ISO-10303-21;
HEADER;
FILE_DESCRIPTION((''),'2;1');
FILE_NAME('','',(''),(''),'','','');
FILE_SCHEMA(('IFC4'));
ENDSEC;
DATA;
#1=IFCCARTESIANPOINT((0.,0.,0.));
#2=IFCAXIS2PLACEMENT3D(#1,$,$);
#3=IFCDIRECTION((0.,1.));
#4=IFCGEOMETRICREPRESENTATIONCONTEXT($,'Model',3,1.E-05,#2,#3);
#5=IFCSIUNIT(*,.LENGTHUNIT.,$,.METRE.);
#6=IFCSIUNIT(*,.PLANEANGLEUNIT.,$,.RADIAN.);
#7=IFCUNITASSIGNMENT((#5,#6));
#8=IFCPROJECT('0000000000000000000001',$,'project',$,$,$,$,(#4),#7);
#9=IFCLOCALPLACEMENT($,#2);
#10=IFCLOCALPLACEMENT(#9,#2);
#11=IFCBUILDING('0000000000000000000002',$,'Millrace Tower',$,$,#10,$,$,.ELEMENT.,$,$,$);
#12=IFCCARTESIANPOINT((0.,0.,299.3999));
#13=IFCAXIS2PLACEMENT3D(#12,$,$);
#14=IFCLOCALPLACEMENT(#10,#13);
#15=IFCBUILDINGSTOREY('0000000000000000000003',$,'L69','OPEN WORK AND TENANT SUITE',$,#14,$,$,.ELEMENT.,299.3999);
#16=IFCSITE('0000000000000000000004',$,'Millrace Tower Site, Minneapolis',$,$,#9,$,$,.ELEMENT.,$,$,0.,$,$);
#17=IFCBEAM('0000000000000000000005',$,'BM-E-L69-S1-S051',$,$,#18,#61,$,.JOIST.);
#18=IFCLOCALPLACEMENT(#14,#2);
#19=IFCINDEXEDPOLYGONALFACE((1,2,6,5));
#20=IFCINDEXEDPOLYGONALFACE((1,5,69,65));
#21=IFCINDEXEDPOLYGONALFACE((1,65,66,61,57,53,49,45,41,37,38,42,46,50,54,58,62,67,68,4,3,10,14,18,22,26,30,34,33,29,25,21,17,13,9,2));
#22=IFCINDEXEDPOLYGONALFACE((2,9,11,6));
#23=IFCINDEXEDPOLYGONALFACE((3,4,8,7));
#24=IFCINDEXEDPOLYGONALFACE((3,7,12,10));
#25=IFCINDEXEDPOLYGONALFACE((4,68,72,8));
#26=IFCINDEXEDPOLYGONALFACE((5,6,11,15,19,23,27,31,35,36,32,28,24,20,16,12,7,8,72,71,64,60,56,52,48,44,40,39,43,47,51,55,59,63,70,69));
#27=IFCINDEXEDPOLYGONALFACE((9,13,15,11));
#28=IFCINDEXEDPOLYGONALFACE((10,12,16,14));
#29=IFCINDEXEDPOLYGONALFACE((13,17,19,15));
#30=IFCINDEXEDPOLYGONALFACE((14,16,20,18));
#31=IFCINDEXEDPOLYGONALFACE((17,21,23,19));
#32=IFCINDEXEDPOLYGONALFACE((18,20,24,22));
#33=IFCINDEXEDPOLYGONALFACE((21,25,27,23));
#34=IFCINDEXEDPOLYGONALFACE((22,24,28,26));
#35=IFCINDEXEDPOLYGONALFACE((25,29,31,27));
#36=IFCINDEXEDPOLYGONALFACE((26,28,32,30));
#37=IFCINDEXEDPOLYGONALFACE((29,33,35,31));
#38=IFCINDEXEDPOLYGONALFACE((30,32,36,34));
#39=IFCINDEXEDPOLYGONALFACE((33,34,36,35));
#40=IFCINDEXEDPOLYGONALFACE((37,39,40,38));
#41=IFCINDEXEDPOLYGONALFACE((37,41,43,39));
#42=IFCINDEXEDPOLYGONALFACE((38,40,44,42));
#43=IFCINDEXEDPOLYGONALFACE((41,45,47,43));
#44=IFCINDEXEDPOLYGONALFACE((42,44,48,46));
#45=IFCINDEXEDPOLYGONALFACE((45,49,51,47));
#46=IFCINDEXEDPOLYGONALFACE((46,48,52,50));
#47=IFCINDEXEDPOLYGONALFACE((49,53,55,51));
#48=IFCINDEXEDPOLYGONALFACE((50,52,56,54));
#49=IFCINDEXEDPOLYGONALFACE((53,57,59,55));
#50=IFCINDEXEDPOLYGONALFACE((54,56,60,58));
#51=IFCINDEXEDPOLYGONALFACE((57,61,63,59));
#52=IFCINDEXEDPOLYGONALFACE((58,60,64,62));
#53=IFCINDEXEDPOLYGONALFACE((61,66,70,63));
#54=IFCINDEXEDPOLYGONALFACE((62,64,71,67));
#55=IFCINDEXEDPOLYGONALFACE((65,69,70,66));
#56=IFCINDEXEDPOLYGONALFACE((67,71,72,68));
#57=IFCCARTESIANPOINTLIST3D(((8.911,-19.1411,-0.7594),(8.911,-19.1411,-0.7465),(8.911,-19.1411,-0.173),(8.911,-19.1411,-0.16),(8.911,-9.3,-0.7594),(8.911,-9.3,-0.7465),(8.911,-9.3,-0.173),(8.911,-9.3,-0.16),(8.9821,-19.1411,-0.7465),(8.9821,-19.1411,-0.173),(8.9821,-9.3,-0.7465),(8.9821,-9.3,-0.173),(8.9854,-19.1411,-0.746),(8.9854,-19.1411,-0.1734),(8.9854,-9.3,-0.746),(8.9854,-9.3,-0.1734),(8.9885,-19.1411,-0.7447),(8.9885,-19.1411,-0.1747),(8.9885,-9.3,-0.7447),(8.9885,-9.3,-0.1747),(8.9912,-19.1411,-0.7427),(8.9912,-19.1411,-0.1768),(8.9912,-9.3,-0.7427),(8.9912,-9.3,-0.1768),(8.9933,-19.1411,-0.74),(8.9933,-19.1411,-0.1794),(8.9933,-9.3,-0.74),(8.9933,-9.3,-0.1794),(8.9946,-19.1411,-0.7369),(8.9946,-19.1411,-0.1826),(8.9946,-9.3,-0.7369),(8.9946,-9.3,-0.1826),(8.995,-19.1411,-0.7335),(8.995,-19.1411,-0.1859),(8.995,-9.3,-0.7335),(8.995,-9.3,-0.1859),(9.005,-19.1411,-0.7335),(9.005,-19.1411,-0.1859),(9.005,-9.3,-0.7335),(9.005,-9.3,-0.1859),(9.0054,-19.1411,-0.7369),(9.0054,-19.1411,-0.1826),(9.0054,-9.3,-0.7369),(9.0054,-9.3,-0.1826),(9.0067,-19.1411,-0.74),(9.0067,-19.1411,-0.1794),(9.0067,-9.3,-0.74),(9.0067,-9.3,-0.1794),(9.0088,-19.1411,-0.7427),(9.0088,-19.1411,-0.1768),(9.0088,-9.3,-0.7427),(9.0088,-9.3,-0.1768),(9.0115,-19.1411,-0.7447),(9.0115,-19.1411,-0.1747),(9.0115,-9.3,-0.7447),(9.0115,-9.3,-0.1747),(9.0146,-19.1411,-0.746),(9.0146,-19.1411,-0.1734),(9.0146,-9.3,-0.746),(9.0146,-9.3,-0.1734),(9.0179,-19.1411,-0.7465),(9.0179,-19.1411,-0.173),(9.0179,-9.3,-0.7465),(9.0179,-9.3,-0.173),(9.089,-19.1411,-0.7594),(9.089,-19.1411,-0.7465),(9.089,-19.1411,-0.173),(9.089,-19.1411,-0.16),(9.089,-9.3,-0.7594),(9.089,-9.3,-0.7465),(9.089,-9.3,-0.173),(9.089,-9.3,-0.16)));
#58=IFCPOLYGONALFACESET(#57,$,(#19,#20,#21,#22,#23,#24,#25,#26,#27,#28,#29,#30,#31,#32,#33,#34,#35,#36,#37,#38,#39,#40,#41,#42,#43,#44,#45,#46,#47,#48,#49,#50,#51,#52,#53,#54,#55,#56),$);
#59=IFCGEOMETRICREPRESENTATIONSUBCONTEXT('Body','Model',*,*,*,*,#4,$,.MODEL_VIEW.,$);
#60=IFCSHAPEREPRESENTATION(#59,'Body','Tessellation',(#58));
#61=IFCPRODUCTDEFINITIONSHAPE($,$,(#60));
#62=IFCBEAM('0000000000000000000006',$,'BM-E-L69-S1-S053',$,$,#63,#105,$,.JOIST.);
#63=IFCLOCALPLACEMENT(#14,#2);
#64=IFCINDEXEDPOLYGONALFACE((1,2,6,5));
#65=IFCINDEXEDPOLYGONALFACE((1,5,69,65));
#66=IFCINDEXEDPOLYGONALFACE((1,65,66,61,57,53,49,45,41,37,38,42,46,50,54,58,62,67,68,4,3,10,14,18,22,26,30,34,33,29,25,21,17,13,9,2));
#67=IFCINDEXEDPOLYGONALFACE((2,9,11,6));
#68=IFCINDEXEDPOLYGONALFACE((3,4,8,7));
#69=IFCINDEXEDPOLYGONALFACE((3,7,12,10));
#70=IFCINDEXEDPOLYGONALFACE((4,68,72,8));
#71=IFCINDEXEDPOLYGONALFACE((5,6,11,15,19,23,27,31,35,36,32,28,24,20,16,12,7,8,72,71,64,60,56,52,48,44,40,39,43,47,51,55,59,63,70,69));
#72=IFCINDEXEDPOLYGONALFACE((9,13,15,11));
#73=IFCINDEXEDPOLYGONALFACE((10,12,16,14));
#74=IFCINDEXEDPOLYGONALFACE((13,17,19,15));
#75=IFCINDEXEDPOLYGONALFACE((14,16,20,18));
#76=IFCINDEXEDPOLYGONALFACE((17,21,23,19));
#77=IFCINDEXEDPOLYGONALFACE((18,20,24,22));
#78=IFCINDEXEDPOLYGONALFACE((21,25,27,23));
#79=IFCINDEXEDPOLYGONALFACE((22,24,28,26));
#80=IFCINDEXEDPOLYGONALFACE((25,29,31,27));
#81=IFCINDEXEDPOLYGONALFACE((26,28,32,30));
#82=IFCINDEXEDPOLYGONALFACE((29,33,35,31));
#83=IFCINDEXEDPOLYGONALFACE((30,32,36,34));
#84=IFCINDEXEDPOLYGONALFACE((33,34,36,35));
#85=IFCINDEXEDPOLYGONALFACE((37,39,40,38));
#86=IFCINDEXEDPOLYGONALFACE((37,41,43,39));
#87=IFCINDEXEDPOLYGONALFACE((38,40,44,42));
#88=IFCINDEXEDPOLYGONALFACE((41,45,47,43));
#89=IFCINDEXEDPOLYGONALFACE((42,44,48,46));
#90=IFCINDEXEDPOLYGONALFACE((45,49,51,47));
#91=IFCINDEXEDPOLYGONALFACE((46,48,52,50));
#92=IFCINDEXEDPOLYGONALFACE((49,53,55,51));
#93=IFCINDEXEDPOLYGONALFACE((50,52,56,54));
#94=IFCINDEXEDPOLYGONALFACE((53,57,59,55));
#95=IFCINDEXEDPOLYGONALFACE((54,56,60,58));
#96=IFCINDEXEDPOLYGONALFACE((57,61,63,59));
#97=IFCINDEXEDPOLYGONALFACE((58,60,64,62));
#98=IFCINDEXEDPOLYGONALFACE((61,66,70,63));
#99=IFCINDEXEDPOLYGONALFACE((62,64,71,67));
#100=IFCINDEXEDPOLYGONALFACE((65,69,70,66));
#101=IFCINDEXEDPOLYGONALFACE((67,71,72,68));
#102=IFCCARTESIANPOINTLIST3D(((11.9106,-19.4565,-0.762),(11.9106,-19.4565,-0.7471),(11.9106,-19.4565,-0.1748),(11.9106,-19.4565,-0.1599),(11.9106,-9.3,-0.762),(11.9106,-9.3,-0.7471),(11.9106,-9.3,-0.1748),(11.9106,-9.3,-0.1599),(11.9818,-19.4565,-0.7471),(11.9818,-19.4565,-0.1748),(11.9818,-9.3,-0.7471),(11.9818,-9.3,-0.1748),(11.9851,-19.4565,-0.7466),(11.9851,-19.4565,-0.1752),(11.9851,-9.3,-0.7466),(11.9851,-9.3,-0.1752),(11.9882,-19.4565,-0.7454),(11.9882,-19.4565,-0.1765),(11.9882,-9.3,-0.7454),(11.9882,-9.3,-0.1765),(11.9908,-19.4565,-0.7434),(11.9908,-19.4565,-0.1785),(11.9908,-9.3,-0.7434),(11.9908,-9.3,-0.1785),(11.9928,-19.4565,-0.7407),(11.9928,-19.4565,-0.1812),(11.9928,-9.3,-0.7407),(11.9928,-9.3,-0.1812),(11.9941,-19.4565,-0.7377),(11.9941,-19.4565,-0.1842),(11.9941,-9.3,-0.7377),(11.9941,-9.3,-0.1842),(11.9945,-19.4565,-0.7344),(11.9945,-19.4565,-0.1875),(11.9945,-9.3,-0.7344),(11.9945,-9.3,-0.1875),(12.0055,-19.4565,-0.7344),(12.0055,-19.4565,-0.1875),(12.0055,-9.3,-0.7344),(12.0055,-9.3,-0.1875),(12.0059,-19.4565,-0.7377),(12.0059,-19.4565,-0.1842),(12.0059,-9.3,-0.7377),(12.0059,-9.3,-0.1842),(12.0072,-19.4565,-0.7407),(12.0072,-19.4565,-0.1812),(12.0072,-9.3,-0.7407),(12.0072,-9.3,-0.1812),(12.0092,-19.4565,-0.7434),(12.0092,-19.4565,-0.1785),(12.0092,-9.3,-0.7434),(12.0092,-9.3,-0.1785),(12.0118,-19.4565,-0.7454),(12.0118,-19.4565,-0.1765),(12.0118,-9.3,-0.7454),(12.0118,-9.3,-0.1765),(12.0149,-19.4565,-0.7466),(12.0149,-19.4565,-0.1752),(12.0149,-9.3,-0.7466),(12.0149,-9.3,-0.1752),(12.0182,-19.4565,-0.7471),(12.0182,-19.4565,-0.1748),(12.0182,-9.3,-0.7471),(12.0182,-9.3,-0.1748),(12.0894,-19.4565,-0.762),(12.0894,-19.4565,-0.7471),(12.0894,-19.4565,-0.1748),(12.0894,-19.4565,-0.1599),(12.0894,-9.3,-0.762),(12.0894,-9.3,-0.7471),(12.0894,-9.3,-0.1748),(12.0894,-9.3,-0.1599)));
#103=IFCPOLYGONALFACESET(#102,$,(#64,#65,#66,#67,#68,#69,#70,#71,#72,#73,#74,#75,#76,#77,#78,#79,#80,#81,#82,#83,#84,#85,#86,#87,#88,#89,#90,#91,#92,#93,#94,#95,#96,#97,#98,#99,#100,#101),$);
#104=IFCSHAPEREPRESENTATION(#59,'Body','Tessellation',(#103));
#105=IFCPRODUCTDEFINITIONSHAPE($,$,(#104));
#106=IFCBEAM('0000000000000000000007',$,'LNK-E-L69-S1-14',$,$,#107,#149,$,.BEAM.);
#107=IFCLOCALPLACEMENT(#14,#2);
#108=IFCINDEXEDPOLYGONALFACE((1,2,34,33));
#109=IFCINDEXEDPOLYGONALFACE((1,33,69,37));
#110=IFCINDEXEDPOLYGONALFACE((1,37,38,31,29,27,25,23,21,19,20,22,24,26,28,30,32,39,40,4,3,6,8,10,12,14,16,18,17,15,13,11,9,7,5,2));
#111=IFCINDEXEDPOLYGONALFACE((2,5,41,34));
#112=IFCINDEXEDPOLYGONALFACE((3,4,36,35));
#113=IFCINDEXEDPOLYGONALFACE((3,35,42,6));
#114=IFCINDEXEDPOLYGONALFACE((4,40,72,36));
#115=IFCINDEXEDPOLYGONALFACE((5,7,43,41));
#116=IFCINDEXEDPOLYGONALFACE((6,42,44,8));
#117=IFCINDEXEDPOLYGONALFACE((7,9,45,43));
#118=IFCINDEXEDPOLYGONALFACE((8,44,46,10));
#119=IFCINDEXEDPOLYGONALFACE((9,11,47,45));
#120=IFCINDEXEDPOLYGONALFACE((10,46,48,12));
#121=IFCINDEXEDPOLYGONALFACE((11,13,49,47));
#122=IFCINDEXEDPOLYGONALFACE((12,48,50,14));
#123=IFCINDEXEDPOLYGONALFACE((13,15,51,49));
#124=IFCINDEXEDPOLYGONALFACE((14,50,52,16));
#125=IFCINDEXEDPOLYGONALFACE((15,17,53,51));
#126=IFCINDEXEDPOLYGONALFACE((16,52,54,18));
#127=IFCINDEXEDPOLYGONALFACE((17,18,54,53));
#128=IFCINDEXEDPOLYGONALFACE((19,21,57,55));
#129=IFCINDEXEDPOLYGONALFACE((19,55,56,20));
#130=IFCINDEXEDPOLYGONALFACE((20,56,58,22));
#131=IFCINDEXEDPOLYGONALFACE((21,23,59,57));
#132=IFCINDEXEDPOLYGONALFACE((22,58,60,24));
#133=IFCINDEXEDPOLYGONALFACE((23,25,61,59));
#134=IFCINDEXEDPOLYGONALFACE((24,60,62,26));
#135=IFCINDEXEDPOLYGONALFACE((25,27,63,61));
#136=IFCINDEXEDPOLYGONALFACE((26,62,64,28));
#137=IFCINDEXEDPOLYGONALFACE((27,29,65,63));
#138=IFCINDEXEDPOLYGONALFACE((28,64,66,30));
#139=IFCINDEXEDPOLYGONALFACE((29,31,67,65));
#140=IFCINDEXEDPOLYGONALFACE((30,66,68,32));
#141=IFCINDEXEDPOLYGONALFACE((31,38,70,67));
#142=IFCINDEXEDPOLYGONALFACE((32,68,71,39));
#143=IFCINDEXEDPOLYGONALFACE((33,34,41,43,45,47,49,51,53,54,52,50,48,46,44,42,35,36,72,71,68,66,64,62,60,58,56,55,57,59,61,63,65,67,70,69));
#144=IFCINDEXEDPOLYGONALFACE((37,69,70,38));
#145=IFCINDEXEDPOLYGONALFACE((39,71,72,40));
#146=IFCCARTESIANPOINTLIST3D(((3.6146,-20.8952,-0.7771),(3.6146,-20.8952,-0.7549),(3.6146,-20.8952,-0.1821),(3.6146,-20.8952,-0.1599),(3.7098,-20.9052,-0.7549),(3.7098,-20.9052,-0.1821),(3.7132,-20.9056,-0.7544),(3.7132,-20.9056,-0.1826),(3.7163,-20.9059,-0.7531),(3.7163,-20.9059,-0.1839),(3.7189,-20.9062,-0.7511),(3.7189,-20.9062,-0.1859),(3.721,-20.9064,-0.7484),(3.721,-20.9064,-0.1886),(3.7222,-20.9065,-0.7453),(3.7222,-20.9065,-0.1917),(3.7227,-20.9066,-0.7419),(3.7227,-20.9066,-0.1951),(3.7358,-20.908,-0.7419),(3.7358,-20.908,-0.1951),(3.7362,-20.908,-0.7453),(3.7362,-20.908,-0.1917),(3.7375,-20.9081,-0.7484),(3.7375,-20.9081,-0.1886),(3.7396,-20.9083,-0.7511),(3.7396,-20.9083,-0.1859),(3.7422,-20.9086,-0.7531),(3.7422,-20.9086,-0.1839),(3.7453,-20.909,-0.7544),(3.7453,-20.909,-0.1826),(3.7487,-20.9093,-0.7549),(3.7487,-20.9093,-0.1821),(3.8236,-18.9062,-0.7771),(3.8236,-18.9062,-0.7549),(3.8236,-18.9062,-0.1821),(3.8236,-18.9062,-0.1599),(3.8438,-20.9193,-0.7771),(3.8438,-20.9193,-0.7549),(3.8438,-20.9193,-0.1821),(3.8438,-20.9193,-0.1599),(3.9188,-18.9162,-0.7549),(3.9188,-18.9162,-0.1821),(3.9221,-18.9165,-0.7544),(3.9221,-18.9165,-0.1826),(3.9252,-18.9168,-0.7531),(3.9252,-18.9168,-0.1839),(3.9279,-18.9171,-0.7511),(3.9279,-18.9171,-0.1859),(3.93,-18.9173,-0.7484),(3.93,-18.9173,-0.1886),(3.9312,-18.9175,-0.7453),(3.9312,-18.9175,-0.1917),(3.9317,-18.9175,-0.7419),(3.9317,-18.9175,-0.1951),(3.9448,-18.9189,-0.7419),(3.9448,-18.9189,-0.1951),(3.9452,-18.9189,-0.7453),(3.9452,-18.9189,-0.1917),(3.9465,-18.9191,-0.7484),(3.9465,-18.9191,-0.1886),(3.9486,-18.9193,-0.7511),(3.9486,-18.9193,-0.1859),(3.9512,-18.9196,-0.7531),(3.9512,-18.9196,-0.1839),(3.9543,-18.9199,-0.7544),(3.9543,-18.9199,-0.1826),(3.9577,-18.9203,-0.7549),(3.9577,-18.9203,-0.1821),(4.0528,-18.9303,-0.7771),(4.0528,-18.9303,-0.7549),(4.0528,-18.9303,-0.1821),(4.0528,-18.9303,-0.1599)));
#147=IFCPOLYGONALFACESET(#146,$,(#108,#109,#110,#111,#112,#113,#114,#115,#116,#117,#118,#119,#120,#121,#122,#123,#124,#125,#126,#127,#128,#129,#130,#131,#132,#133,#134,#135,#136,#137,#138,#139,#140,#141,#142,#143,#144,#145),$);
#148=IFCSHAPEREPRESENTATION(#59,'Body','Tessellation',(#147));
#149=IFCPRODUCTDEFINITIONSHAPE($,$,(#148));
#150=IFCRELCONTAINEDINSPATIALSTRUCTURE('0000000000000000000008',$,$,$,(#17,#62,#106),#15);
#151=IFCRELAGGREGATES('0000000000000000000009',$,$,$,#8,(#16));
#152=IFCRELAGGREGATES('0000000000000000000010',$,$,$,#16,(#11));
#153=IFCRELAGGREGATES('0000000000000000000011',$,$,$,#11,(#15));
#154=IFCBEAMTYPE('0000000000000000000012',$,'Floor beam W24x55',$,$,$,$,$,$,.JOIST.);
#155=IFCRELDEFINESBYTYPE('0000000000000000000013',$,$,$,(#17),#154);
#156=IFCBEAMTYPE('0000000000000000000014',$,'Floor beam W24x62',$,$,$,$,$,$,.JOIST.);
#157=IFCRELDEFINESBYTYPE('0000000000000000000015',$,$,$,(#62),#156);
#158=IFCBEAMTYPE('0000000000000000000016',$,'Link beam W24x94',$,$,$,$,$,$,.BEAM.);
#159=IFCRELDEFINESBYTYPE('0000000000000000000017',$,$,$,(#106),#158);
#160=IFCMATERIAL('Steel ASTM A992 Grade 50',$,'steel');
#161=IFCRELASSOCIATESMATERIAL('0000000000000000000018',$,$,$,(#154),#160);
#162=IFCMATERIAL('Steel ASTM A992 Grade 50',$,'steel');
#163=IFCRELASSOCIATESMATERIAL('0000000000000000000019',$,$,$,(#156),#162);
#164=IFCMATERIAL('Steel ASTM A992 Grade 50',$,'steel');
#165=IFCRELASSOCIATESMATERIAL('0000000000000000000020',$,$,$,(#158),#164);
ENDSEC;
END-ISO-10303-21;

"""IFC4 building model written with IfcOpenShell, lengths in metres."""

from ifc_helpers import new_model, si_unit, direction, frame, origin, origin_2d, place, context, subcontext, project, spatial, i_section, extrude, material, material_profile, profile_set, type_object, element, save


model = new_model("IFC4")

# Units and contexts
model_context = context("Model", 3, precision=1e-05, world=origin(), true_north=direction((0.0, 1.0)))
body_context = subcontext(model_context, "Body", "Model", "MODEL_VIEW")
ifc_project = project(units=[si_unit("LENGTHUNIT", "METRE"), si_unit("PLANEANGLEUNIT", "RADIAN")], contexts=[model_context])

# Site, building, storey
site_placement = place(None, origin())
site = spatial("IfcSite", under=ifc_project, at=site_placement, Name="Millrace Tower Site, Minneapolis", CompositionType="ELEMENT", RefElevation=0.0)
building_placement = place(site_placement, origin())
building = spatial("IfcBuilding", under=site, at=building_placement, Name="Millrace Tower", CompositionType="ELEMENT")
storey_placement = place(building_placement, frame((0.0, 0.0, 299.3999)))
storey = spatial("IfcBuildingStorey", under=building, at=storey_placement, Name="L69", Description="OPEN WORK AND TENANT SUITE", CompositionType="ELEMENT", Elevation=299.3999)

# Beams
ifc_material_1 = material(Name="Steel ASTM A992 Grade 50", Category="steel")
ifc_material_profile_1 = material_profile(ifc_material_1, i_section(OverallWidth=0.178, OverallDepth=0.5994, WebThickness=0.01, FlangeThickness=0.0129, FilletRadius=0.0129, at=origin_2d()))
ifc_profile_set_1 = profile_set([ifc_material_profile_1], Name="Steel ASTM A992 Grade 50")
beam_type_1 = type_object("IfcBeamType", Name="Floor beam W24x55", PredefinedType="JOIST", material=ifc_profile_set_1)
beam_1_placement = place(storey_placement, frame((9.0, -19.1411, -0.4597), z_axis=(0.0, 1.0, 0.0), x_axis=(-1.0, 0.0, 0.0)))
element("IfcBeam", 1, at=beam_1_placement, inside=storey, type_object=beam_type_1, Name="BM-E-L69-S1-S051", PredefinedType="JOIST", context=body_context, shape_type="SweptSolid", body=[
    extrude(i_section(OverallWidth=0.178, OverallDepth=0.5994, WebThickness=0.01, FlangeThickness=0.0129, FilletRadius=0.0129, at=origin_2d()), origin(), (0.0, 0.0, 1.0), 9.8411),
])
ifc_material_2 = material(Name="Steel ASTM A992 Grade 50", Category="steel")
ifc_material_profile_2 = material_profile(ifc_material_2, i_section(OverallWidth=0.1787, OverallDepth=0.6021, WebThickness=0.011, FlangeThickness=0.0149, FilletRadius=0.0127, at=origin_2d()))
ifc_profile_set_2 = profile_set([ifc_material_profile_2], Name="Steel ASTM A992 Grade 50")
beam_type_2 = type_object("IfcBeamType", Name="Floor beam W24x62", PredefinedType="JOIST", material=ifc_profile_set_2)
beam_2_placement = place(storey_placement, frame((12.0, -19.4565, -0.4609), z_axis=(0.0, 1.0, 0.0), x_axis=(-1.0, 0.0, 0.0)))
element("IfcBeam", 2, at=beam_2_placement, inside=storey, type_object=beam_type_2, Name="BM-E-L69-S1-S053", PredefinedType="JOIST", context=body_context, shape_type="SweptSolid", body=[
    extrude(i_section(OverallWidth=0.1787, OverallDepth=0.6021, WebThickness=0.011, FlangeThickness=0.0149, FilletRadius=0.0127, at=origin_2d()), origin(), (0.0, 0.0, 1.0), 10.1565),
])
ifc_material_3 = material(Name="Steel ASTM A992 Grade 50", Category="steel")
ifc_material_profile_3 = material_profile(ifc_material_3, i_section(OverallWidth=0.2305, OverallDepth=0.6172, WebThickness=0.0132, FlangeThickness=0.0222, FilletRadius=0.0129, at=origin_2d()))
ifc_profile_set_3 = profile_set([ifc_material_profile_3], Name="Steel ASTM A992 Grade 50")
beam_type_3 = type_object("IfcBeamType", Name="Link beam W24x94", PredefinedType="BEAM", material=ifc_profile_set_3)
beam_3_placement = place(storey_placement, frame((3.9382, -18.9182, -0.4685), z_axis=(-0.104494, -0.994526, 0.0), x_axis=(0.994526, -0.104494, 0.0)))
element("IfcBeam", 3, at=beam_3_placement, inside=storey, type_object=beam_type_3, Name="LNK-E-L69-S1-14", PredefinedType="BEAM", context=body_context, shape_type="SweptSolid", body=[
    extrude(i_section(OverallWidth=0.2305, OverallDepth=0.6172, WebThickness=0.0132, FlangeThickness=0.0222, FilletRadius=0.0129, at=origin_2d()), origin(), (0.0, 0.0, 1.0), 2.0),
])

save(model, "model.ifc")
